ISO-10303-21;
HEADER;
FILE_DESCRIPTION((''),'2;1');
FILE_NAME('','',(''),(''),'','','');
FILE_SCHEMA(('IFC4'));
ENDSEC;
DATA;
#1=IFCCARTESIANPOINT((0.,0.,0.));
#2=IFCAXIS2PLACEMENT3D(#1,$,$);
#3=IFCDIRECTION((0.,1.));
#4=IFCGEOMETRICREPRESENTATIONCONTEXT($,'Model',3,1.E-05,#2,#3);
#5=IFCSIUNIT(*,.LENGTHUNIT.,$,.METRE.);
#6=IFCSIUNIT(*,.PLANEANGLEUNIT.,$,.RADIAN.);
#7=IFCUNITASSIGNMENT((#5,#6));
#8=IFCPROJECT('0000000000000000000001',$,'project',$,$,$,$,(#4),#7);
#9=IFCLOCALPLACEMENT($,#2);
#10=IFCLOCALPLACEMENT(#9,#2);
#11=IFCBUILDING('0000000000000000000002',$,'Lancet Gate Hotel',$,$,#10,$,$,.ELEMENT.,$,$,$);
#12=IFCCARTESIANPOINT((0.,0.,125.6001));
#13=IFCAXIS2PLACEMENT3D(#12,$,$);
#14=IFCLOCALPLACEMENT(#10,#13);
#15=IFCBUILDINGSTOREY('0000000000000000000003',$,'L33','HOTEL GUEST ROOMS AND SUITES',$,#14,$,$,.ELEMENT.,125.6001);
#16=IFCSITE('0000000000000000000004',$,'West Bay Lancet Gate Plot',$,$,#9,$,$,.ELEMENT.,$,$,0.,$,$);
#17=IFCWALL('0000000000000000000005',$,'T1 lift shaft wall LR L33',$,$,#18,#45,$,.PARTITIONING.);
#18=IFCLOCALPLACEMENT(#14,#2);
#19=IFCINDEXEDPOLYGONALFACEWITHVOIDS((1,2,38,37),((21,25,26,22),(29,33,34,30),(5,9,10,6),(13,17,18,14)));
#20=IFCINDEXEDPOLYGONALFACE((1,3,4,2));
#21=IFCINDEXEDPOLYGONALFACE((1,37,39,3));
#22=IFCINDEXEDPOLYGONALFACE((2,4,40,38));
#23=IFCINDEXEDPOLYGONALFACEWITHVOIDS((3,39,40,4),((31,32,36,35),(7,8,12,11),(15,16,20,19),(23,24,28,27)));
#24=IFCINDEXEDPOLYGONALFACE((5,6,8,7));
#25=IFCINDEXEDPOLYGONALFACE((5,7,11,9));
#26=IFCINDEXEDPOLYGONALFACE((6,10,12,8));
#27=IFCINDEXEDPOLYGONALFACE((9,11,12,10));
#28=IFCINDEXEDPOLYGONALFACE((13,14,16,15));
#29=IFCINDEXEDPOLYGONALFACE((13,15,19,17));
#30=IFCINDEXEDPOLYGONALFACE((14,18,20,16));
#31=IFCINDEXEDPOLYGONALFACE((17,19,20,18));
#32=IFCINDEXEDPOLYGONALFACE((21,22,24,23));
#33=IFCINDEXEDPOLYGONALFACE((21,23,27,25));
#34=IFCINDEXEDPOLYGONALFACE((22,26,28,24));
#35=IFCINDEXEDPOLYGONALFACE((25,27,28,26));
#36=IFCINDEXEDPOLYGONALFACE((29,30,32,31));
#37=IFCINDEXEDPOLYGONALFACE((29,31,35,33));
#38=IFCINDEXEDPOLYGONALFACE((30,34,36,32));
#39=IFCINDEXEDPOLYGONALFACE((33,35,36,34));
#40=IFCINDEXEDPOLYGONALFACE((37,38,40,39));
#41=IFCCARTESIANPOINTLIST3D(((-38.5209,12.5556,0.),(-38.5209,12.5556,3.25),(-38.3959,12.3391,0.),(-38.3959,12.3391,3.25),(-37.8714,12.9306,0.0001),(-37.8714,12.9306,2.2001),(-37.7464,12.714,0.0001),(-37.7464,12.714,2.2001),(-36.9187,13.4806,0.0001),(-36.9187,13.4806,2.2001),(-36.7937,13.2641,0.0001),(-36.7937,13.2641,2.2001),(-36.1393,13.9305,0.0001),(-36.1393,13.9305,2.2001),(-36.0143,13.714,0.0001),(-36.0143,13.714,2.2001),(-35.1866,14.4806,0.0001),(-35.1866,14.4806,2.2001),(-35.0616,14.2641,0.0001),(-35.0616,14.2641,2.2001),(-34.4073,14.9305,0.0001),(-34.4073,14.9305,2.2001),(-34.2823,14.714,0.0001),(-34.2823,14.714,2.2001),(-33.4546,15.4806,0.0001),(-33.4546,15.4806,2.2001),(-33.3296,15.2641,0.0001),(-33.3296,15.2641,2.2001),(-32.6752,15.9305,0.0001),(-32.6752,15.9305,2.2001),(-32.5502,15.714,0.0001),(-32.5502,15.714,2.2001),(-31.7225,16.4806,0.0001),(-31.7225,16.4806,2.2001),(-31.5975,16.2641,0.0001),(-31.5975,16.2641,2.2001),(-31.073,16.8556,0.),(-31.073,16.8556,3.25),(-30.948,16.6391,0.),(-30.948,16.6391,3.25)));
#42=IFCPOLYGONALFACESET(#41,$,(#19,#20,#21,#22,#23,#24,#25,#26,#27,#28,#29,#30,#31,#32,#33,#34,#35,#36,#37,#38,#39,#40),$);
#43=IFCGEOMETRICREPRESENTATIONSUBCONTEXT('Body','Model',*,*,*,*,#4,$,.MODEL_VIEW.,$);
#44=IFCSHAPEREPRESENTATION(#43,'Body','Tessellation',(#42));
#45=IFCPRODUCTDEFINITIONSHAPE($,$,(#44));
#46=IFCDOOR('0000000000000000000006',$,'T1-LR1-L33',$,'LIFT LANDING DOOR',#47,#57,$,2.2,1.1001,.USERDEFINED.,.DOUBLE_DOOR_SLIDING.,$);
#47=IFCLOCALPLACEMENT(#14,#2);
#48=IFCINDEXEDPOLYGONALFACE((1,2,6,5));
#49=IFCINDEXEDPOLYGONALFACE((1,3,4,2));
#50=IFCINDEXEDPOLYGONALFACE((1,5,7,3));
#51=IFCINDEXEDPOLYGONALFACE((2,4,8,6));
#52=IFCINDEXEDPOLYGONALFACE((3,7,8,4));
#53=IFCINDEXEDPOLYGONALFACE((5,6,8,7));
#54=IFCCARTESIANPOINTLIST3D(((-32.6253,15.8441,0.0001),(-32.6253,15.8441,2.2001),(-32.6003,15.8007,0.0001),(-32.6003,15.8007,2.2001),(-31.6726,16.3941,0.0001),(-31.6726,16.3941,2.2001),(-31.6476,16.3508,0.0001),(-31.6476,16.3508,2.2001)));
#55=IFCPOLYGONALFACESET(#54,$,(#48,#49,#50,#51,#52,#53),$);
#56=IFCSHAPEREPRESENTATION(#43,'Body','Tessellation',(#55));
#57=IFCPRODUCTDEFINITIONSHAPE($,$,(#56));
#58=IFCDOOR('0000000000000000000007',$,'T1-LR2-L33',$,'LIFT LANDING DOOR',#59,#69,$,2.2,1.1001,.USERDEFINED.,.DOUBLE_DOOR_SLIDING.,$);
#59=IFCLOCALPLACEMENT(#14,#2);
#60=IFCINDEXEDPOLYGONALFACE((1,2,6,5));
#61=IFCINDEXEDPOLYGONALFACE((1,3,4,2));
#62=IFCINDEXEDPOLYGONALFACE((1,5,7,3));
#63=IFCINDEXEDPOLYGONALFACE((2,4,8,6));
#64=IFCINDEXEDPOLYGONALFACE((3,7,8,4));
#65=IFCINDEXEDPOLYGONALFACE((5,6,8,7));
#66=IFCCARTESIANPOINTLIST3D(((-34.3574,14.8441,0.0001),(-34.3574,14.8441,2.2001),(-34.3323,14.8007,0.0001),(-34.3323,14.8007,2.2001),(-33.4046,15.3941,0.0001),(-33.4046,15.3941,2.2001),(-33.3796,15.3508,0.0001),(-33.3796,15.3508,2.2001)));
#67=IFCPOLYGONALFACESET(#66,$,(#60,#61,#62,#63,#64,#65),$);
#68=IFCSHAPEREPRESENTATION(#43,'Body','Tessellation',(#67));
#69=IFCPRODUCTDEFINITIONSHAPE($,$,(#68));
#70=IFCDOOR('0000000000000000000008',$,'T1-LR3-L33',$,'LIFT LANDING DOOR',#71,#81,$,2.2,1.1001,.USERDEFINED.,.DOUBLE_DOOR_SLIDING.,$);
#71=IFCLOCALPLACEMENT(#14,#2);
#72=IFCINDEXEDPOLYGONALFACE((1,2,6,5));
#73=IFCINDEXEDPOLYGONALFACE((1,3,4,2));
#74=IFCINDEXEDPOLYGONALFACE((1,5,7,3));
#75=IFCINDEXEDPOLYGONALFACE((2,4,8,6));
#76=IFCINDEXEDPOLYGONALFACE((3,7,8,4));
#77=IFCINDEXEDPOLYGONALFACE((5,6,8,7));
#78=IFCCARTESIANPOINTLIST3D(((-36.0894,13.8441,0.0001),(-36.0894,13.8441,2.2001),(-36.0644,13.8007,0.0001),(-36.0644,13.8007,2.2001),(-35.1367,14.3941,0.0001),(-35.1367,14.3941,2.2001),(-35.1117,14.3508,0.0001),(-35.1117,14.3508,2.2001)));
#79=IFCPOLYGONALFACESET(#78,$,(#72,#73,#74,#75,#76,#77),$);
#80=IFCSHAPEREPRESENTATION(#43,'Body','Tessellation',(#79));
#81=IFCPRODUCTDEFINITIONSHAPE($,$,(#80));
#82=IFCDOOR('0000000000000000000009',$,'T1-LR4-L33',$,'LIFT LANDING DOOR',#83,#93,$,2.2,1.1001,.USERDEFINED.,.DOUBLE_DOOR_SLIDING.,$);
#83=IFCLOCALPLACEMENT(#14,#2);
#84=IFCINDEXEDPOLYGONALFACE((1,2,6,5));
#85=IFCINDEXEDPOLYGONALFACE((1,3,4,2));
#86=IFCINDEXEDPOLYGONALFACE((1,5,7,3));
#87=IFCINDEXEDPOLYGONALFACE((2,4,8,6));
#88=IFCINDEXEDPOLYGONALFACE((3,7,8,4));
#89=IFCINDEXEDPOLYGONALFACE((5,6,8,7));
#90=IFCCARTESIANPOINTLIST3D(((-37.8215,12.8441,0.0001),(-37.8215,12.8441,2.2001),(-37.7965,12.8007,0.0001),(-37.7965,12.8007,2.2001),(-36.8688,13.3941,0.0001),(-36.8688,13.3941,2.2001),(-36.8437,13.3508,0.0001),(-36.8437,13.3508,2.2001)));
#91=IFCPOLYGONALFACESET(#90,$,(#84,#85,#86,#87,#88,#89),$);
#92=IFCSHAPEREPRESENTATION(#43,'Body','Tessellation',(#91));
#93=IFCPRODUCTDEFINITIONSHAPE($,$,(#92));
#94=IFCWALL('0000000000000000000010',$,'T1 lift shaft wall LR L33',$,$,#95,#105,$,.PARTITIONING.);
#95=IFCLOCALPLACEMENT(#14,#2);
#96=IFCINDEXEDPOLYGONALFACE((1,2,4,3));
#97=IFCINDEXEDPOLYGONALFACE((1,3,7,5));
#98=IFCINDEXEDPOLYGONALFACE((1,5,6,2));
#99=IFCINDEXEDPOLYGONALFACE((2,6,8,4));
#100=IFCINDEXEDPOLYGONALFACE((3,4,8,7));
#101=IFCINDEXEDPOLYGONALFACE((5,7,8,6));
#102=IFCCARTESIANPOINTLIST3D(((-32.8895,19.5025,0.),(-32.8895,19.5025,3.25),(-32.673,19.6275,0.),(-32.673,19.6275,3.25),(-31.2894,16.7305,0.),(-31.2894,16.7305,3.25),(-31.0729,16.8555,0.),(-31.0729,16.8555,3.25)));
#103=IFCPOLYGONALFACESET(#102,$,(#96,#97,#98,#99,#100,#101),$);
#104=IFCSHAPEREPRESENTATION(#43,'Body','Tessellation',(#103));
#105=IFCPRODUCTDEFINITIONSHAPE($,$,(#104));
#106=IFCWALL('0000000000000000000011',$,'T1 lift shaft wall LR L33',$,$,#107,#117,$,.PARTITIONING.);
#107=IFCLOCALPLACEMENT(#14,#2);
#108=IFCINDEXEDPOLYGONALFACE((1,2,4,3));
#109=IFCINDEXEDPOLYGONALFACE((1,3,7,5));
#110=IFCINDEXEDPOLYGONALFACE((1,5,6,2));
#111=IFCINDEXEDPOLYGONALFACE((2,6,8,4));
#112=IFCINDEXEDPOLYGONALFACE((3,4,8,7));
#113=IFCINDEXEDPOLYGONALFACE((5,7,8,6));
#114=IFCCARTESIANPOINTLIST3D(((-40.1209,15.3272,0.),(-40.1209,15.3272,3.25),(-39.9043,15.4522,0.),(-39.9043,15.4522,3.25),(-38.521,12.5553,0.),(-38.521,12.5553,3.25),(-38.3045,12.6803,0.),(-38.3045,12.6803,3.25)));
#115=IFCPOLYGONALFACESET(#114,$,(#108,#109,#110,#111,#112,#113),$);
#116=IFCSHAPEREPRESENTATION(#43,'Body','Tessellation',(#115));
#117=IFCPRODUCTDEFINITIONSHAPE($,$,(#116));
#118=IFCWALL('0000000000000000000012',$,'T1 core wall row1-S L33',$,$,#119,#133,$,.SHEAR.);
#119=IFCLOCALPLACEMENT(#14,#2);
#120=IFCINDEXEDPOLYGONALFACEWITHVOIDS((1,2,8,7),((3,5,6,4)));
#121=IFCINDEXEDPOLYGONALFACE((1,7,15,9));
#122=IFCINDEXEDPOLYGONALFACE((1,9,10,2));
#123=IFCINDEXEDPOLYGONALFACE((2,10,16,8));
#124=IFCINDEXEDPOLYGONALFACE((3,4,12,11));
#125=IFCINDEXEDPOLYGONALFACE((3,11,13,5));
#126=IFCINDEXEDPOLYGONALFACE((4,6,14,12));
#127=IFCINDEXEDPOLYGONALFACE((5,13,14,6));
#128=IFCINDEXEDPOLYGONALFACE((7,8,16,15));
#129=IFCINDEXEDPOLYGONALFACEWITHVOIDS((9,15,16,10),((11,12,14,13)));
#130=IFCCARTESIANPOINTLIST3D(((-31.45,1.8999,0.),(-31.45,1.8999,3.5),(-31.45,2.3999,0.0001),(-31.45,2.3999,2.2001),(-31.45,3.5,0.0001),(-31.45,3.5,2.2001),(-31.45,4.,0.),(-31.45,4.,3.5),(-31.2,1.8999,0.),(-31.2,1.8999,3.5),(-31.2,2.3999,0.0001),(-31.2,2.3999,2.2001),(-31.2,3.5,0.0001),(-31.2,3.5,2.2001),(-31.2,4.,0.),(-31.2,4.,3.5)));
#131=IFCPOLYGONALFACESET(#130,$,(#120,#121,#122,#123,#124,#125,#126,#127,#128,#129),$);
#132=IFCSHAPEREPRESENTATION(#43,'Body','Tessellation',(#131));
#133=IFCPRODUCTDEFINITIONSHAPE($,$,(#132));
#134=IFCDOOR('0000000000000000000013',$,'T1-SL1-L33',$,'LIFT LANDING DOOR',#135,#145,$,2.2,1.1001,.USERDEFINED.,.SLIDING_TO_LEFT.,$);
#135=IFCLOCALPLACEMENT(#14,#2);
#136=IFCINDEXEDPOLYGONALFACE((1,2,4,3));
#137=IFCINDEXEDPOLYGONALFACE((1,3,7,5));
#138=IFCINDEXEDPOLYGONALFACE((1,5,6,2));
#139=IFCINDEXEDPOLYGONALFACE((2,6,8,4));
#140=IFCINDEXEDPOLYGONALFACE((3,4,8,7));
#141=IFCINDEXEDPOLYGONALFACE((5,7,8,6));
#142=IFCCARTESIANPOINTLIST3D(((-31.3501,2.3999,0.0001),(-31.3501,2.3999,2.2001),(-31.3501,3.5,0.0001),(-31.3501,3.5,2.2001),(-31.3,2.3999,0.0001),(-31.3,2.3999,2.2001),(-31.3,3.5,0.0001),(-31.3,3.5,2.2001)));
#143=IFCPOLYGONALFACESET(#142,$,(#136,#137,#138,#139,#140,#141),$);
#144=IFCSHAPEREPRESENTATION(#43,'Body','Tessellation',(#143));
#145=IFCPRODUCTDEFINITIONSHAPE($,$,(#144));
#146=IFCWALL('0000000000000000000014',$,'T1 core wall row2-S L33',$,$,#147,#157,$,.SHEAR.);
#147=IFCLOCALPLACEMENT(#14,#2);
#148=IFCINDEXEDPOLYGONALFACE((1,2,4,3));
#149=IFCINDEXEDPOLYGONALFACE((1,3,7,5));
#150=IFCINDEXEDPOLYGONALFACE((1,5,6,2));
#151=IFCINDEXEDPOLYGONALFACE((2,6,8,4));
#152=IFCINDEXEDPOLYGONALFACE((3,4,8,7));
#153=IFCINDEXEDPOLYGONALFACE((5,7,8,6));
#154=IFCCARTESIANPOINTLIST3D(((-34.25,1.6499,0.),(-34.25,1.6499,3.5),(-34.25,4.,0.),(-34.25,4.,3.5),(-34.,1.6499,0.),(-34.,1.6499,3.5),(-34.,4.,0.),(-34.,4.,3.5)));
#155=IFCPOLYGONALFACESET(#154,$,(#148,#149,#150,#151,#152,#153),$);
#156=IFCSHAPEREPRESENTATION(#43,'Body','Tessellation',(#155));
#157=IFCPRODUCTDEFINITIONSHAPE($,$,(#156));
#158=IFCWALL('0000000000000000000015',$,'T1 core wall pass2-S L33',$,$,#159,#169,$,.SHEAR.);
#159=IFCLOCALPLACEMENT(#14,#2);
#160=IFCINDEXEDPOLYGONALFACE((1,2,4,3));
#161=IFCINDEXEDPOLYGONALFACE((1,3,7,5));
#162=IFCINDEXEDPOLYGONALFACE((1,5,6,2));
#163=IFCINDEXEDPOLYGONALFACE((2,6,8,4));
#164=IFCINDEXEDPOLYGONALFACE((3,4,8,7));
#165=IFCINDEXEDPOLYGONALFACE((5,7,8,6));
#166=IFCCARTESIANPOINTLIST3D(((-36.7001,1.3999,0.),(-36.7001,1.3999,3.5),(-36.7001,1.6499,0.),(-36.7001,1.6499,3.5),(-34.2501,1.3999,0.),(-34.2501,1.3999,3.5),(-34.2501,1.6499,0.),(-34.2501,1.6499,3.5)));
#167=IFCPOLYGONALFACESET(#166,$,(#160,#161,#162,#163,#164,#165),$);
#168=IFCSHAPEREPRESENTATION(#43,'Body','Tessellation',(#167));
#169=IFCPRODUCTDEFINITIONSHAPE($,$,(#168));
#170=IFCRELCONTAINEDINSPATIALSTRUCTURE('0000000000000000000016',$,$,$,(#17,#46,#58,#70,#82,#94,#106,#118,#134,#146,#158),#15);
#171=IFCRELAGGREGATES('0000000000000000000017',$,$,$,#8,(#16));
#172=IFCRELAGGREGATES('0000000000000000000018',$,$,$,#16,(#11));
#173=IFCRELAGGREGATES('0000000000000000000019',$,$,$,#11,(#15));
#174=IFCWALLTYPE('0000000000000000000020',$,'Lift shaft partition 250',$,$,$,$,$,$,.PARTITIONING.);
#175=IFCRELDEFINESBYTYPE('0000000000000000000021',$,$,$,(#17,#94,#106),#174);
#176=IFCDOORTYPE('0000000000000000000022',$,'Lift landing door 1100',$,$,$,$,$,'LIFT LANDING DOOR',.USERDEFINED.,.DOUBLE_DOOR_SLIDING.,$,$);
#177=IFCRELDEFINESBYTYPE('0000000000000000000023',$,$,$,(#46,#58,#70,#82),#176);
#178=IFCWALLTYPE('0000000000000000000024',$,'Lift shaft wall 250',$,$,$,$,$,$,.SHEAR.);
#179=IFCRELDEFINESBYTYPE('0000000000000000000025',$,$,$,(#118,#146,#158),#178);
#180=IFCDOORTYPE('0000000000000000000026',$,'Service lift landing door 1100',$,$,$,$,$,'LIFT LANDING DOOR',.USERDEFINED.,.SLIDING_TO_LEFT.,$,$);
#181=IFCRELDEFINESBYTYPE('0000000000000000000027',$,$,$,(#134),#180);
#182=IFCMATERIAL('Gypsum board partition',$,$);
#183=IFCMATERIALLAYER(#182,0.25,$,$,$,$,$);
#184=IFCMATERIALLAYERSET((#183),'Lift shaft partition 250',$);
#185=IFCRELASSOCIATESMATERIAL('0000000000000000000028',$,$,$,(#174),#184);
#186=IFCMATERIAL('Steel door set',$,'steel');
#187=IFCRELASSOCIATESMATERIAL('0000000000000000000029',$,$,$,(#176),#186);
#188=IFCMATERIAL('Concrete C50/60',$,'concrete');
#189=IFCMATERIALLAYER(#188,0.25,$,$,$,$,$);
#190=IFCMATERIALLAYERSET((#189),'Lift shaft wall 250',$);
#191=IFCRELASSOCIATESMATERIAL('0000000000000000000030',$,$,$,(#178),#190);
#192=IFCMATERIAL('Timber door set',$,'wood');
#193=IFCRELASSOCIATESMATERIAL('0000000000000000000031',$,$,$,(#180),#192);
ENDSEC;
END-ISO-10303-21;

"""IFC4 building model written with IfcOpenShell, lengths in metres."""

from ifc_helpers import new_model, si_unit, direction, frame, frame_2d, origin, place, context, subcontext, project, spatial, rectangle, extrude, material, layer, layer_set, type_object, element, fill, save


model = new_model("IFC4")

# Units and contexts
model_context = context("Model", 3, precision=1e-05, world=origin(), true_north=direction((0.0, 1.0)))
body_context = subcontext(model_context, "Body", "Model", "MODEL_VIEW")
ifc_project = project(units=[si_unit("LENGTHUNIT", "METRE"), si_unit("PLANEANGLEUNIT", "RADIAN")], contexts=[model_context])

# Site, building, storey
site_placement = place(None, origin())
site = spatial("IfcSite", under=ifc_project, at=site_placement, Name="West Bay Lancet Gate Plot", CompositionType="ELEMENT", RefElevation=0.0)
building_placement = place(site_placement, origin())
building = spatial("IfcBuilding", under=site, at=building_placement, Name="Lancet Gate Hotel", CompositionType="ELEMENT")
storey_placement = place(building_placement, frame((0.0, 0.0, 125.6001)))
storey = spatial("IfcBuildingStorey", under=building, at=storey_placement, Name="L33", Description="HOTEL GUEST ROOMS AND SUITES", CompositionType="ELEMENT", Elevation=125.6001)

# Wall, openings, doors
ifc_material_1 = material(Name="Gypsum board partition")
ifc_layer_1 = layer(ifc_material_1, 0.25)
ifc_layer_set_1 = layer_set([ifc_layer_1], Name="Lift shaft partition 250")
wall_type_1 = type_object("IfcWallType", Name="Lift shaft partition 250", PredefinedType="PARTITIONING", material=ifc_layer_set_1)
wall_1_placement = place(storey_placement, frame((-31.0105, 16.7473, 0.0), z_axis=(0.0, 0.0, 1.0), x_axis=(-0.866028, -0.499995, 0.0)))
wall_1 = element("IfcWall", 1, at=wall_1_placement, inside=storey, type_object=wall_type_1, Name="T1 lift shaft wall LR L33", PredefinedType="PARTITIONING", context=body_context, shape_type="SweptSolid", body=[
    extrude(rectangle(XDim=8.6001, YDim=0.25, at=frame_2d((4.3, 0.0))), origin(), (0.0, 0.0, 1.0), 3.25),
])
opening_1_placement = place(wall_1_placement, frame((0.75, 0.0, 0.0)))
opening_1 = element("IfcOpeningElement", 2, at=opening_1_placement, cuts=wall_1, PredefinedType="OPENING", context=body_context, shape_type="SweptSolid", body=[
    extrude(rectangle(XDim=1.1001, YDim=2.2, at=frame_2d((0.55, 1.1001))), frame((0.0, 0.135, 0.0), z_axis=(0.0, -1.0, 0.0), x_axis=(1.0, 0.0, 0.0)), (0.0, 0.0, 1.0), 0.27),
])
opening_2_placement = place(wall_1_placement, frame((2.75, 0.0, 0.0)))
opening_2 = element("IfcOpeningElement", 3, at=opening_2_placement, cuts=wall_1, PredefinedType="OPENING", context=body_context, shape_type="SweptSolid", body=[
    extrude(rectangle(XDim=1.1001, YDim=2.2, at=frame_2d((0.55, 1.1001))), frame((0.0, 0.135, 0.0), z_axis=(0.0, -1.0, 0.0), x_axis=(1.0, 0.0, 0.0)), (0.0, 0.0, 1.0), 0.27),
])
opening_3_placement = place(wall_1_placement, frame((4.75, 0.0, 0.0)))
opening_3 = element("IfcOpeningElement", 4, at=opening_3_placement, cuts=wall_1, PredefinedType="OPENING", context=body_context, shape_type="SweptSolid", body=[
    extrude(rectangle(XDim=1.1001, YDim=2.2, at=frame_2d((0.55, 1.1001))), frame((0.0, 0.135, 0.0), z_axis=(0.0, -1.0, 0.0), x_axis=(1.0, 0.0, 0.0)), (0.0, 0.0, 1.0), 0.27),
])
opening_4_placement = place(wall_1_placement, frame((6.75, 0.0, 0.0)))
opening_4 = element("IfcOpeningElement", 5, at=opening_4_placement, cuts=wall_1, PredefinedType="OPENING", context=body_context, shape_type="SweptSolid", body=[
    extrude(rectangle(XDim=1.1001, YDim=2.2, at=frame_2d((0.55, 1.1001))), frame((0.0, 0.135, 0.0), z_axis=(0.0, -1.0, 0.0), x_axis=(1.0, 0.0, 0.0)), (0.0, 0.0, 1.0), 0.27),
])
ifc_material_2 = material(Name="Steel door set", Category="steel")
door_type_1 = type_object("IfcDoorType", Name="Lift landing door 1100", ElementType="LIFT LANDING DOOR", OperationType="DOUBLE_DOOR_SLIDING", PredefinedType="USERDEFINED", material=ifc_material_2)
door_1_placement = place(opening_1_placement, origin())
door_1 = element("IfcDoor", 6, at=door_1_placement, inside=storey, type_object=door_type_1, Name="T1-LR1-L33", ObjectType="LIFT LANDING DOOR", OperationType="DOUBLE_DOOR_SLIDING", OverallHeight=2.2, OverallWidth=1.1001, PredefinedType="USERDEFINED", context=body_context, shape_type="SweptSolid", body=[
    extrude(rectangle(XDim=1.1001, YDim=2.2, at=frame_2d((0.55, 1.1001))), frame((0.0, 0.0249, 0.0), z_axis=(0.0, -1.0, 0.0), x_axis=(1.0, 0.0, 0.0)), (0.0, 0.0, 1.0), 0.05),
])
fill(opening_1, door_1)
door_2_placement = place(opening_2_placement, origin())
door_2 = element("IfcDoor", 7, at=door_2_placement, inside=storey, type_object=door_type_1, Name="T1-LR2-L33", ObjectType="LIFT LANDING DOOR", OperationType="DOUBLE_DOOR_SLIDING", OverallHeight=2.2, OverallWidth=1.1001, PredefinedType="USERDEFINED", context=body_context, shape_type="SweptSolid", body=[
    extrude(rectangle(XDim=1.1001, YDim=2.2, at=frame_2d((0.55, 1.1001))), frame((0.0, 0.0249, 0.0), z_axis=(0.0, -1.0, 0.0), x_axis=(1.0, 0.0, 0.0)), (0.0, 0.0, 1.0), 0.05),
])
fill(opening_2, door_2)
door_3_placement = place(opening_3_placement, origin())
door_3 = element("IfcDoor", 8, at=door_3_placement, inside=storey, type_object=door_type_1, Name="T1-LR3-L33", ObjectType="LIFT LANDING DOOR", OperationType="DOUBLE_DOOR_SLIDING", OverallHeight=2.2, OverallWidth=1.1001, PredefinedType="USERDEFINED", context=body_context, shape_type="SweptSolid", body=[
    extrude(rectangle(XDim=1.1001, YDim=2.2, at=frame_2d((0.55, 1.1001))), frame((0.0, 0.0249, 0.0), z_axis=(0.0, -1.0, 0.0), x_axis=(1.0, 0.0, 0.0)), (0.0, 0.0, 1.0), 0.05),
])
fill(opening_3, door_3)
door_4_placement = place(opening_4_placement, origin())
door_4 = element("IfcDoor", 9, at=door_4_placement, inside=storey, type_object=door_type_1, Name="T1-LR4-L33", ObjectType="LIFT LANDING DOOR", OperationType="DOUBLE_DOOR_SLIDING", OverallHeight=2.2, OverallWidth=1.1001, PredefinedType="USERDEFINED", context=body_context, shape_type="SweptSolid", body=[
    extrude(rectangle(XDim=1.1001, YDim=2.2, at=frame_2d((0.55, 1.1001))), frame((0.0, 0.0249, 0.0), z_axis=(0.0, -1.0, 0.0), x_axis=(1.0, 0.0, 0.0)), (0.0, 0.0, 1.0), 0.05),
])
fill(opening_4, door_4)

# Walls
wall_2_placement = place(storey_placement, frame((-31.1812, 16.793, 0.0), z_axis=(0.0, 0.0, 1.0), x_axis=(-0.499929, 0.866066, 0.0)))
element("IfcWall", 10, at=wall_2_placement, inside=storey, type_object=wall_type_1, Name="T1 lift shaft wall LR L33", PredefinedType="PARTITIONING", context=body_context, shape_type="SweptSolid", body=[
    extrude(rectangle(XDim=3.2007, YDim=0.25, at=frame_2d((1.6003, 0.0))), origin(), (0.0, 0.0, 1.0), 3.25),
])
wall_3_placement = place(storey_placement, frame((-38.4128, 12.6179, 0.0), z_axis=(0.0, 0.0, 1.0), x_axis=(-0.499872, 0.866099, 0.0)))
element("IfcWall", 11, at=wall_3_placement, inside=storey, type_object=wall_type_1, Name="T1 lift shaft wall LR L33", PredefinedType="PARTITIONING", context=body_context, shape_type="SweptSolid", body=[
    extrude(rectangle(XDim=3.2004, YDim=0.25, at=frame_2d((1.6001, 0.0))), origin(), (0.0, 0.0, 1.0), 3.25),
])

# Wall, opening, door
ifc_material_3 = material(Name="Concrete C50/60", Category="concrete")
ifc_layer_2 = layer(ifc_material_3, 0.25)
ifc_layer_set_2 = layer_set([ifc_layer_2], Name="Lift shaft wall 250")
wall_type_2 = type_object("IfcWallType", Name="Lift shaft wall 250", PredefinedType="SHEAR", material=ifc_layer_set_2)
wall_4_placement = place(storey_placement, frame((-31.325, 4.0, 0.0), z_axis=(0.0, 0.0, 1.0), x_axis=(0.0, -1.0, 0.0)))
wall_4 = element("IfcWall", 12, at=wall_4_placement, inside=storey, type_object=wall_type_2, Name="T1 core wall row1-S L33", PredefinedType="SHEAR", context=body_context, shape_type="SweptSolid", body=[
    extrude(rectangle(XDim=2.1001, YDim=0.25, at=frame_2d((1.05, 0.0))), origin(), (0.0, 0.0, 1.0), 3.5),
])
opening_5_placement = place(wall_4_placement, frame((0.5, 0.0, 0.0)))
opening_5 = element("IfcOpeningElement", 13, at=opening_5_placement, cuts=wall_4, PredefinedType="OPENING", context=body_context, shape_type="SweptSolid", body=[
    extrude(rectangle(XDim=1.1001, YDim=2.2, at=frame_2d((0.55, 1.1001))), frame((0.0, 0.135, 0.0), z_axis=(0.0, -1.0, 0.0), x_axis=(1.0, 0.0, 0.0)), (0.0, 0.0, 1.0), 0.27),
])
ifc_material_4 = material(Name="Timber door set", Category="wood")
door_type_2 = type_object("IfcDoorType", Name="Service lift landing door 1100", ElementType="LIFT LANDING DOOR", OperationType="SLIDING_TO_LEFT", PredefinedType="USERDEFINED", material=ifc_material_4)
door_5_placement = place(opening_5_placement, origin())
door_5 = element("IfcDoor", 14, at=door_5_placement, inside=storey, type_object=door_type_2, Name="T1-SL1-L33", ObjectType="LIFT LANDING DOOR", OperationType="SLIDING_TO_LEFT", OverallHeight=2.2, OverallWidth=1.1001, PredefinedType="USERDEFINED", context=body_context, shape_type="SweptSolid", body=[
    extrude(rectangle(XDim=1.1001, YDim=2.2, at=frame_2d((0.55, 1.1001))), frame((0.0, 0.0249, 0.0), z_axis=(0.0, -1.0, 0.0), x_axis=(1.0, 0.0, 0.0)), (0.0, 0.0, 1.0), 0.05),
])
fill(opening_5, door_5)

# Walls
wall_5_placement = place(storey_placement, frame((-34.125, 4.0, 0.0), z_axis=(0.0, 0.0, 1.0), x_axis=(0.0, -1.0, 0.0)))
element("IfcWall", 15, at=wall_5_placement, inside=storey, type_object=wall_type_2, Name="T1 core wall row2-S L33", PredefinedType="SHEAR", context=body_context, shape_type="SweptSolid", body=[
    extrude(rectangle(XDim=2.3501, YDim=0.25, at=frame_2d((1.175, 0.0))), origin(), (0.0, 0.0, 1.0), 3.5),
])
wall_6_placement = place(storey_placement, frame((-34.25, 1.5249, 0.0), z_axis=(0.0, 0.0, 1.0), x_axis=(-1.0, 0.0, 0.0)))
element("IfcWall", 16, at=wall_6_placement, inside=storey, type_object=wall_type_2, Name="T1 core wall pass2-S L33", PredefinedType="SHEAR", context=body_context, shape_type="SweptSolid", body=[
    extrude(rectangle(XDim=2.45, YDim=0.25, at=frame_2d((1.2251, 0.0))), origin(), (0.0, 0.0, 1.0), 3.5),
])

save(model, "model.ifc")
